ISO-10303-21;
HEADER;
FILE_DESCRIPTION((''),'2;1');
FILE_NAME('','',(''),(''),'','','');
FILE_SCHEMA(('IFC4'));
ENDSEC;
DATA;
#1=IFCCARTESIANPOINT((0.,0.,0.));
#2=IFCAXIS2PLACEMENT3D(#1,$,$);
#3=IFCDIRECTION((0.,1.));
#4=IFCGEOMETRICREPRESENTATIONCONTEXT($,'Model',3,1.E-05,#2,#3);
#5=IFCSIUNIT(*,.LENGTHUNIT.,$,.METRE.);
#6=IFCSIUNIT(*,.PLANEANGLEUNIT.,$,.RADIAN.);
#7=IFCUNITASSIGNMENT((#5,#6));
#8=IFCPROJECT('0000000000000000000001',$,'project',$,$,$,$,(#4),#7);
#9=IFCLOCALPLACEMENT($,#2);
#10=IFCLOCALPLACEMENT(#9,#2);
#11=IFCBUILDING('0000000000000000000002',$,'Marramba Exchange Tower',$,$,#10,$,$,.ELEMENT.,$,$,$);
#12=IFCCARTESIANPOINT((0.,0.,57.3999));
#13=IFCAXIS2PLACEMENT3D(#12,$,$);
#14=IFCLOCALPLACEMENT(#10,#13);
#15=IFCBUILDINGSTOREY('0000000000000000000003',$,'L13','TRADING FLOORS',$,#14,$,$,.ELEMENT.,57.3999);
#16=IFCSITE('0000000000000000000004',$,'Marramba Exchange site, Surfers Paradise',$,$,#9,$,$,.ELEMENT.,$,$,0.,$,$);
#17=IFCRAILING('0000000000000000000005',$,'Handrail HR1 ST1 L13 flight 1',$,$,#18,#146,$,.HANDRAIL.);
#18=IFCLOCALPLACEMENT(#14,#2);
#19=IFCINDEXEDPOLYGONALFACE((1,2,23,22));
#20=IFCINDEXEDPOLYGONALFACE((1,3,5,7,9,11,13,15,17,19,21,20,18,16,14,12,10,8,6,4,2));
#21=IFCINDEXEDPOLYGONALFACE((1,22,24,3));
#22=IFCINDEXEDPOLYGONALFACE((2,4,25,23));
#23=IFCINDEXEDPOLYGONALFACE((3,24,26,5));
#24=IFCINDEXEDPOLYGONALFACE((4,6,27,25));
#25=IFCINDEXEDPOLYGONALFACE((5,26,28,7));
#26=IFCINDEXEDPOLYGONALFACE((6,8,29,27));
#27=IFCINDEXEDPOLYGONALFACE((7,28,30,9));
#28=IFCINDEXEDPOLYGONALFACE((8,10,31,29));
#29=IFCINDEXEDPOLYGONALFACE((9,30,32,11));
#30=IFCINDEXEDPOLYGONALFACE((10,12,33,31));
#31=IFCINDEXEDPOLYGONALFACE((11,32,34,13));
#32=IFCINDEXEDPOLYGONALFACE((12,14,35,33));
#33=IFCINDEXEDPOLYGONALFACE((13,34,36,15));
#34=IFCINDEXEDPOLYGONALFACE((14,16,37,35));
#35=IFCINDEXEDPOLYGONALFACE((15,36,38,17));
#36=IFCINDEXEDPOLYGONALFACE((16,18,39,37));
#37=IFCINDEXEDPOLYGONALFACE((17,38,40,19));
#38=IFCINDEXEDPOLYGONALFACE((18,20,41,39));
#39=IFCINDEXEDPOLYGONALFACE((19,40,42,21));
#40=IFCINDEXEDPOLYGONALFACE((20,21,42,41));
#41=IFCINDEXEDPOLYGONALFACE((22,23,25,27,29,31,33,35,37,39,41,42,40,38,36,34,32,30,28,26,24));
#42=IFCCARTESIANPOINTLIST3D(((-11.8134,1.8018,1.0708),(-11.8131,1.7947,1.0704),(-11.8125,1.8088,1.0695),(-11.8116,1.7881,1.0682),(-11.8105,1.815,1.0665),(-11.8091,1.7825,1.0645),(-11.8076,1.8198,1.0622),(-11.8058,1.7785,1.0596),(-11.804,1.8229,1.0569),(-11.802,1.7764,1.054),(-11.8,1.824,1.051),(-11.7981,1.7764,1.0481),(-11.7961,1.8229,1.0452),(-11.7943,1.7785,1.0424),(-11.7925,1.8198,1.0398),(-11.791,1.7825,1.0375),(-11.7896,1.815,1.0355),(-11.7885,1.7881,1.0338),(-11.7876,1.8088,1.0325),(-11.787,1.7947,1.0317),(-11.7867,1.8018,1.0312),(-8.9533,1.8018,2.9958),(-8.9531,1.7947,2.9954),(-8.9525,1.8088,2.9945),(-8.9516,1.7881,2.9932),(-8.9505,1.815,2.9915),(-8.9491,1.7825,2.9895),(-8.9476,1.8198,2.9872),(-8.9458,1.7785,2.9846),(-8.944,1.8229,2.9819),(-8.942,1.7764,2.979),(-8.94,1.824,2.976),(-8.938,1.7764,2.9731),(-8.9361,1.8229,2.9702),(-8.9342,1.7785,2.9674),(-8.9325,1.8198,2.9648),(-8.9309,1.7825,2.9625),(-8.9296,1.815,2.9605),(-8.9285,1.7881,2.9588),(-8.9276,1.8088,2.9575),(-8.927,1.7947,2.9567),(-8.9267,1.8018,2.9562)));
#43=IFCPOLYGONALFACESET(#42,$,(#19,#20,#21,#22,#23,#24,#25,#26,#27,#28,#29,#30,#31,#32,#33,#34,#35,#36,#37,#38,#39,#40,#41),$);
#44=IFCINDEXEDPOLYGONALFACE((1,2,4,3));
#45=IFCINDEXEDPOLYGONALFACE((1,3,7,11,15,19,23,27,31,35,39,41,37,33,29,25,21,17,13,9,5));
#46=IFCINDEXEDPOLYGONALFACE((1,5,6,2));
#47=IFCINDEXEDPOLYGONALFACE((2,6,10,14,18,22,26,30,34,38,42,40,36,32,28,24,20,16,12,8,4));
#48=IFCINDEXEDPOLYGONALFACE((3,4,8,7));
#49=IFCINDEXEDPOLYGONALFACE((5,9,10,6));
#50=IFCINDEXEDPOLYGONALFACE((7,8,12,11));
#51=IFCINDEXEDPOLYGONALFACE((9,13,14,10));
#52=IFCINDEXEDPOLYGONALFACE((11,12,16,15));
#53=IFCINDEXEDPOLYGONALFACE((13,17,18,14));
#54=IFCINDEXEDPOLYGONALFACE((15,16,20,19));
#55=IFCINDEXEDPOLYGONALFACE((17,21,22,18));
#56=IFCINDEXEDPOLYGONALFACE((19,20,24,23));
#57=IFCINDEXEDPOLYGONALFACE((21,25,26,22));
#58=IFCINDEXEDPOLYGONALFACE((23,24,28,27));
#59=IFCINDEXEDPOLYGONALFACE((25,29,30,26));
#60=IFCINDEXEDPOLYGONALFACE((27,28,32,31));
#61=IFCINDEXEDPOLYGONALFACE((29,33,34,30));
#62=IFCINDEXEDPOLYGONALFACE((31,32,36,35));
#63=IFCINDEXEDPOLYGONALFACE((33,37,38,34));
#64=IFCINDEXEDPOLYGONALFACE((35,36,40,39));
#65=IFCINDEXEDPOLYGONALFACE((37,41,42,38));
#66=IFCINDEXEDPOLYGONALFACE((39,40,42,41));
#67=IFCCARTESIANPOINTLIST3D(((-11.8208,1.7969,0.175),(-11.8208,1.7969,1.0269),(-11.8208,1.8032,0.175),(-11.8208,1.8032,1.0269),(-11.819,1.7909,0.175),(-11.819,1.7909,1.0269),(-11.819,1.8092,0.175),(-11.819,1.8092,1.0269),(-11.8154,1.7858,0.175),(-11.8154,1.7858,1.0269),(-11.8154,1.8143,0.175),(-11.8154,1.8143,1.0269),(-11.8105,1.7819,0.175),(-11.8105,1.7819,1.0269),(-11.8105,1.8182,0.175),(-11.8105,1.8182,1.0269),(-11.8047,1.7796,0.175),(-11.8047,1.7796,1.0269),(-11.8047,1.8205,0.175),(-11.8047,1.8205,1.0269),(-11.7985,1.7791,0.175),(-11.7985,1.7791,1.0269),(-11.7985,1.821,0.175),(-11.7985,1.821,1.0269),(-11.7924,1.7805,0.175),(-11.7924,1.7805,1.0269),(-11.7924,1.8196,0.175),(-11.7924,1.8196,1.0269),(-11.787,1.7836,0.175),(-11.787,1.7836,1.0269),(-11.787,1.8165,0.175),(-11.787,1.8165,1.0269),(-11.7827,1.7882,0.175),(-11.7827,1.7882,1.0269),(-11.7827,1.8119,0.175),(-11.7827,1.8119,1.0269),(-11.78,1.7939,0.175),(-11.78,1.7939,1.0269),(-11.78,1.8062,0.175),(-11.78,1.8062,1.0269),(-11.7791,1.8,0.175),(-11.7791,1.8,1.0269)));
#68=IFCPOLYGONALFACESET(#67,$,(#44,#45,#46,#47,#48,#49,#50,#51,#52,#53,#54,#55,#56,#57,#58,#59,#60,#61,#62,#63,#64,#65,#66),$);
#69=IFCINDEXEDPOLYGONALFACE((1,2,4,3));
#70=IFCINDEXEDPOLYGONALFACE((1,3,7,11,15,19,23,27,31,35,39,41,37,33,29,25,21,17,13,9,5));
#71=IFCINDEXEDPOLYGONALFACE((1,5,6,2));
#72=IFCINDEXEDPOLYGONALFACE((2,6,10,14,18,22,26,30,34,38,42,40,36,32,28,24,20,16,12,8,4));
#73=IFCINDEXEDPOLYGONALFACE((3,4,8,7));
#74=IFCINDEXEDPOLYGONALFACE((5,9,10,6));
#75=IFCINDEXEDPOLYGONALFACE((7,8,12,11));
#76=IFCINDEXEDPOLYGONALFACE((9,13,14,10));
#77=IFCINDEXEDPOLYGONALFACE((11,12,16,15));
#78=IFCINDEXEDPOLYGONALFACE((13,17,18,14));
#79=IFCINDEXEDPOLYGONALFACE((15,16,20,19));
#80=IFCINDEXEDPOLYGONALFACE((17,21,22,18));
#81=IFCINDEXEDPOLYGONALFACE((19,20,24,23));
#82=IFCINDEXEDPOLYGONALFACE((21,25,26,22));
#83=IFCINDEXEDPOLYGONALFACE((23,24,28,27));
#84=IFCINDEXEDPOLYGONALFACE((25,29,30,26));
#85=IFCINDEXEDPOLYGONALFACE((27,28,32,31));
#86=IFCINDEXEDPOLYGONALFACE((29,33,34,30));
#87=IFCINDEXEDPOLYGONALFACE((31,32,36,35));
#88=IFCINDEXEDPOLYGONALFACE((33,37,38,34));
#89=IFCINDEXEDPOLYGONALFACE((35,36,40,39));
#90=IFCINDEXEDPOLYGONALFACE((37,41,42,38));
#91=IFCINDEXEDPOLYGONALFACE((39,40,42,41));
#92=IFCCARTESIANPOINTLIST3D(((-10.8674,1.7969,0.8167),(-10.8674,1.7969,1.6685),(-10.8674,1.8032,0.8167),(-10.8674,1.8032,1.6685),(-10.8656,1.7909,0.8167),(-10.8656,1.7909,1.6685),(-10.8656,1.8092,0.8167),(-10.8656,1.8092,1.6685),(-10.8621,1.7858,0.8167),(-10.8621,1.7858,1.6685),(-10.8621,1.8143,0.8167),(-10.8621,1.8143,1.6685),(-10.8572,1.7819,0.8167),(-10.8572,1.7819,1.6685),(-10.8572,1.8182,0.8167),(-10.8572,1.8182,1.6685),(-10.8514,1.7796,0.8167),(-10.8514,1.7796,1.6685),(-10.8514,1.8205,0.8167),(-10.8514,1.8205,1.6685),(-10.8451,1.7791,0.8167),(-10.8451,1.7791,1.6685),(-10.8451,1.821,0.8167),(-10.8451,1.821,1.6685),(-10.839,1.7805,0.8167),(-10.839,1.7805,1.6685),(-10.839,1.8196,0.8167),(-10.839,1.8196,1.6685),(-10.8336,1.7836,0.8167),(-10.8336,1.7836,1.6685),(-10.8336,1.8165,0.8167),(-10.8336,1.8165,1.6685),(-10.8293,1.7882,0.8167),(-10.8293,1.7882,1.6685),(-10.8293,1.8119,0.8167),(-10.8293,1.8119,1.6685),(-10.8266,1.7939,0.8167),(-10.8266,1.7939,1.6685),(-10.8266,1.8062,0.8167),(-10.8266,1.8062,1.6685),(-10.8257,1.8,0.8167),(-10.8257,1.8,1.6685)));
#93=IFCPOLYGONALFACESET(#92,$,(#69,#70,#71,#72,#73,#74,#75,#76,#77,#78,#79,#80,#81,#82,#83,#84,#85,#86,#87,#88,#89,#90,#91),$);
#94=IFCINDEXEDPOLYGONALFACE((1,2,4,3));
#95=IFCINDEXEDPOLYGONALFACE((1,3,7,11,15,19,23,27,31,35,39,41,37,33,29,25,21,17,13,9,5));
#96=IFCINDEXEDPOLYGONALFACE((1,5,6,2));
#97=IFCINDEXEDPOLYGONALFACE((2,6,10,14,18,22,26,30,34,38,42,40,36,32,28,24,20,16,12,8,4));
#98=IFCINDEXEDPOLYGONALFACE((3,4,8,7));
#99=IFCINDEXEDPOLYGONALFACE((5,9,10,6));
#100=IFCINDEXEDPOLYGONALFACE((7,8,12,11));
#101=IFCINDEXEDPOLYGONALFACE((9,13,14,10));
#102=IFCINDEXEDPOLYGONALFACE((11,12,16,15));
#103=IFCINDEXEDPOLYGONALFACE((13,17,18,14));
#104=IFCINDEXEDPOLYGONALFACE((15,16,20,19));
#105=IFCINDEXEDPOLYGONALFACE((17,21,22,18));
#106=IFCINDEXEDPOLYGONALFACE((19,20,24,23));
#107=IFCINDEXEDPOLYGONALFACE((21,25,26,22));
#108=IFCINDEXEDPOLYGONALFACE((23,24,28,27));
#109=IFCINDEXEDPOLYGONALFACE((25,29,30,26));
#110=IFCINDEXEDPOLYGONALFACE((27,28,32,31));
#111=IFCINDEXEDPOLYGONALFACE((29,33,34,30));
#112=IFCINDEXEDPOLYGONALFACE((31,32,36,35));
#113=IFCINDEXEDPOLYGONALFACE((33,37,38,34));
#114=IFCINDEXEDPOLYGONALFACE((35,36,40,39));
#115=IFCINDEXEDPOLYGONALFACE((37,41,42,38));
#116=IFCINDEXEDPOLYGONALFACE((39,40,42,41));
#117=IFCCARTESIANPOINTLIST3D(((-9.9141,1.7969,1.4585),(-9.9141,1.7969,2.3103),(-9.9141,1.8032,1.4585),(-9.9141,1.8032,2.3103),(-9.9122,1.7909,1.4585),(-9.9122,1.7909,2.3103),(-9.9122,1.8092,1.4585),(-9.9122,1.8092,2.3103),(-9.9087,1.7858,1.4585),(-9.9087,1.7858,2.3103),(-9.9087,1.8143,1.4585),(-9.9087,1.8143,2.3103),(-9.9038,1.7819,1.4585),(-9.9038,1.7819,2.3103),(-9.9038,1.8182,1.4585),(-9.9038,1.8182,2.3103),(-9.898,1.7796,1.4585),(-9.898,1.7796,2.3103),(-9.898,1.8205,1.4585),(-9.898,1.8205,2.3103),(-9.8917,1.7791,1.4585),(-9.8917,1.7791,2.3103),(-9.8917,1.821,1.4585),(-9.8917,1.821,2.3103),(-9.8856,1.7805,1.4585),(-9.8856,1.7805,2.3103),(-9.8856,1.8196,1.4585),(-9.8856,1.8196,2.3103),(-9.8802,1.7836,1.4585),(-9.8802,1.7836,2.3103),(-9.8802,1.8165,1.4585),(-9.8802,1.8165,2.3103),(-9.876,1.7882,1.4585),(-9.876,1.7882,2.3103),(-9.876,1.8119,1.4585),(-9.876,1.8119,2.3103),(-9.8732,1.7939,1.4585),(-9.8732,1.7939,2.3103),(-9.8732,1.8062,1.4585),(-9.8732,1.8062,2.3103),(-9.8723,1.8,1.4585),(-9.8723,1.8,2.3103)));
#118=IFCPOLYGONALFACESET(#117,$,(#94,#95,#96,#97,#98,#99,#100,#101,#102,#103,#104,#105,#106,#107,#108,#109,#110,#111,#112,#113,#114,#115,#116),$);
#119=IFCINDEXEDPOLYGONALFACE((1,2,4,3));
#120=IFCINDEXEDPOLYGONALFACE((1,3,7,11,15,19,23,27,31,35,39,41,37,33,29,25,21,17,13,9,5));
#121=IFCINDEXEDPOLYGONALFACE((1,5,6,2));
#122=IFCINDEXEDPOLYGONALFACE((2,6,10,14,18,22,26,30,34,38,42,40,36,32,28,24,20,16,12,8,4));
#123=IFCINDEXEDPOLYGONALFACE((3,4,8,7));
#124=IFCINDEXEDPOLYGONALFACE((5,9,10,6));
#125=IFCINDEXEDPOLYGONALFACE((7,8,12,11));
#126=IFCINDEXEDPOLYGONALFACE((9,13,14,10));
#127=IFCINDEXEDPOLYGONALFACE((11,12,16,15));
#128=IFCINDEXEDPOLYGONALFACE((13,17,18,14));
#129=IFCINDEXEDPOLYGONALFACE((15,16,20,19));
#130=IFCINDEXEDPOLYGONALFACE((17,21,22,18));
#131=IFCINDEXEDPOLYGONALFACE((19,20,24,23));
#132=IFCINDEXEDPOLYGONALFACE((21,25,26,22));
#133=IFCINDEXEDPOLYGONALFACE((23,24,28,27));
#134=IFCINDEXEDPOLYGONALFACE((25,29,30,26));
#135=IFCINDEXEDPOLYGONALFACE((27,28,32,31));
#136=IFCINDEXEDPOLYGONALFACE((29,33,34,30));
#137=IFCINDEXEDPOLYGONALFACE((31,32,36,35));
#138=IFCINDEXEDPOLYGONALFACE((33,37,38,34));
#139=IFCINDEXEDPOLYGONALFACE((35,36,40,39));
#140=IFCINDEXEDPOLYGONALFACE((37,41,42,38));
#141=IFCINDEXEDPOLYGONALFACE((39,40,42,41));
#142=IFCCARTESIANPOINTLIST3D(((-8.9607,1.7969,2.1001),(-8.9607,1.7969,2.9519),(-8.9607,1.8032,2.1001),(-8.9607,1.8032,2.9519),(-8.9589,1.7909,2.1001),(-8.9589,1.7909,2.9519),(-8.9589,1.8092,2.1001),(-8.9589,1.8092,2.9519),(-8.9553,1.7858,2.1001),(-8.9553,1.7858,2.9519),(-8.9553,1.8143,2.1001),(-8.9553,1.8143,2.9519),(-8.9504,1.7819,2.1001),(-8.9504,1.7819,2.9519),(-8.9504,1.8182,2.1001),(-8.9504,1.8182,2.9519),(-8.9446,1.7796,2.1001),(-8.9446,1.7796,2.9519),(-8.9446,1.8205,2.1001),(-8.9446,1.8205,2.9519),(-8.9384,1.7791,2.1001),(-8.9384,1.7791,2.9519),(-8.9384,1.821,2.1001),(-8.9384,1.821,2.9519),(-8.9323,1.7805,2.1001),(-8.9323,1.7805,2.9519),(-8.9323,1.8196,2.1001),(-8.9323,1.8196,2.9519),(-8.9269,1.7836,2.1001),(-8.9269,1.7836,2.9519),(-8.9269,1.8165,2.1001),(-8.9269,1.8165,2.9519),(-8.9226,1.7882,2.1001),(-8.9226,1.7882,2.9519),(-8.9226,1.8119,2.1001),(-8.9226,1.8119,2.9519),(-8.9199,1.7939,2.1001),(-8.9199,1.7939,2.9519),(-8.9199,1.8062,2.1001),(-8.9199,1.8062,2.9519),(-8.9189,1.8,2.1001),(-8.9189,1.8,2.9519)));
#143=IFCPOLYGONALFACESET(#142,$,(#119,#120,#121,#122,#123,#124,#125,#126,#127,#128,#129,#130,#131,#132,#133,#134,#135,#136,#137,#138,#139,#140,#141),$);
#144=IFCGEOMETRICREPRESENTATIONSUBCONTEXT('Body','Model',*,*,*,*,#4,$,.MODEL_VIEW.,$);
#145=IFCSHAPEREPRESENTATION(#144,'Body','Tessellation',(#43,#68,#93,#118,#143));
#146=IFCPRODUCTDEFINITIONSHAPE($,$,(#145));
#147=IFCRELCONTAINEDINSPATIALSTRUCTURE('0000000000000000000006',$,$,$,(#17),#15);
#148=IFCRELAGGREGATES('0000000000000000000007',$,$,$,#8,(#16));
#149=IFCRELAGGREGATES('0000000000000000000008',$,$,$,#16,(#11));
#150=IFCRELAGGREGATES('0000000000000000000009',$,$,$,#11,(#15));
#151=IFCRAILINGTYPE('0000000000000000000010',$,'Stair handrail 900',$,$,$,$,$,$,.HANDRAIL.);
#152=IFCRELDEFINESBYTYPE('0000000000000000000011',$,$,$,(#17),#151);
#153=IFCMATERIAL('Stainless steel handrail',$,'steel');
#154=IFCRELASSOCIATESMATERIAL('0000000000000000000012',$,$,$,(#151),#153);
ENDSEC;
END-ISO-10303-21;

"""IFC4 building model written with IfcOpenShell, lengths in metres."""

from ifc_helpers import new_model, si_unit, direction, frame, origin, origin_2d, place, context, subcontext, project, spatial, circle, extrude, material, type_object, element, save


model = new_model("IFC4")

# Units and contexts
model_context = context("Model", 3, precision=1e-05, world=origin(), true_north=direction((0.0, 1.0)))
body_context = subcontext(model_context, "Body", "Model", "MODEL_VIEW")
ifc_project = project(units=[si_unit("LENGTHUNIT", "METRE"), si_unit("PLANEANGLEUNIT", "RADIAN")], contexts=[model_context])

# Site, building, storey
site_placement = place(None, origin())
site = spatial("IfcSite", under=ifc_project, at=site_placement, Name="Marramba Exchange site, Surfers Paradise", CompositionType="ELEMENT", RefElevation=0.0)
building_placement = place(site_placement, origin())
building = spatial("IfcBuilding", under=site, at=building_placement, Name="Marramba Exchange Tower", CompositionType="ELEMENT")
storey_placement = place(building_placement, frame((0.0, 0.0, 57.3999)))
storey = spatial("IfcBuildingStorey", under=building, at=storey_placement, Name="L13", Description="TRADING FLOORS", CompositionType="ELEMENT", Elevation=57.3999)

# Railing
ifc_material_1 = material(Name="Stainless steel handrail", Category="steel")
railing_type = type_object("IfcRailingType", Name="Stair handrail 900", PredefinedType="HANDRAIL", material=ifc_material_1)
railing_1_placement = place(storey_placement, frame((-11.8, 1.8, 0.175)))
element("IfcRailing", 1, at=railing_1_placement, inside=storey, type_object=railing_type, Name="Handrail HR1 ST1 L13 flight 1", PredefinedType="HANDRAIL", context=body_context, shape_type="SweptSolid", body=[
    extrude(circle(Radius=0.0239, at=origin_2d()), frame((0.0, 0.0, 0.876), z_axis=(0.829591, 0.0, 0.558372), x_axis=(0.0, 1.0, 0.0)), (0.0, 0.0, 1.0), 3.4475),
    extrude(circle(Radius=0.021, at=origin_2d()), origin(), (0.0, 0.0, 1.0), 0.8518),
    extrude(circle(Radius=0.021, at=origin_2d()), frame((0.9534, 0.0, 0.6416)), (0.0, 0.0, 1.0), 0.8518),
    extrude(circle(Radius=0.021, at=origin_2d()), frame((1.9067, 0.0, 1.2834)), (0.0, 0.0, 1.0), 0.8518),
    extrude(circle(Radius=0.021, at=origin_2d()), frame((2.8601, 0.0, 1.925)), (0.0, 0.0, 1.0), 0.8518),
])

save(model, "model.ifc")
